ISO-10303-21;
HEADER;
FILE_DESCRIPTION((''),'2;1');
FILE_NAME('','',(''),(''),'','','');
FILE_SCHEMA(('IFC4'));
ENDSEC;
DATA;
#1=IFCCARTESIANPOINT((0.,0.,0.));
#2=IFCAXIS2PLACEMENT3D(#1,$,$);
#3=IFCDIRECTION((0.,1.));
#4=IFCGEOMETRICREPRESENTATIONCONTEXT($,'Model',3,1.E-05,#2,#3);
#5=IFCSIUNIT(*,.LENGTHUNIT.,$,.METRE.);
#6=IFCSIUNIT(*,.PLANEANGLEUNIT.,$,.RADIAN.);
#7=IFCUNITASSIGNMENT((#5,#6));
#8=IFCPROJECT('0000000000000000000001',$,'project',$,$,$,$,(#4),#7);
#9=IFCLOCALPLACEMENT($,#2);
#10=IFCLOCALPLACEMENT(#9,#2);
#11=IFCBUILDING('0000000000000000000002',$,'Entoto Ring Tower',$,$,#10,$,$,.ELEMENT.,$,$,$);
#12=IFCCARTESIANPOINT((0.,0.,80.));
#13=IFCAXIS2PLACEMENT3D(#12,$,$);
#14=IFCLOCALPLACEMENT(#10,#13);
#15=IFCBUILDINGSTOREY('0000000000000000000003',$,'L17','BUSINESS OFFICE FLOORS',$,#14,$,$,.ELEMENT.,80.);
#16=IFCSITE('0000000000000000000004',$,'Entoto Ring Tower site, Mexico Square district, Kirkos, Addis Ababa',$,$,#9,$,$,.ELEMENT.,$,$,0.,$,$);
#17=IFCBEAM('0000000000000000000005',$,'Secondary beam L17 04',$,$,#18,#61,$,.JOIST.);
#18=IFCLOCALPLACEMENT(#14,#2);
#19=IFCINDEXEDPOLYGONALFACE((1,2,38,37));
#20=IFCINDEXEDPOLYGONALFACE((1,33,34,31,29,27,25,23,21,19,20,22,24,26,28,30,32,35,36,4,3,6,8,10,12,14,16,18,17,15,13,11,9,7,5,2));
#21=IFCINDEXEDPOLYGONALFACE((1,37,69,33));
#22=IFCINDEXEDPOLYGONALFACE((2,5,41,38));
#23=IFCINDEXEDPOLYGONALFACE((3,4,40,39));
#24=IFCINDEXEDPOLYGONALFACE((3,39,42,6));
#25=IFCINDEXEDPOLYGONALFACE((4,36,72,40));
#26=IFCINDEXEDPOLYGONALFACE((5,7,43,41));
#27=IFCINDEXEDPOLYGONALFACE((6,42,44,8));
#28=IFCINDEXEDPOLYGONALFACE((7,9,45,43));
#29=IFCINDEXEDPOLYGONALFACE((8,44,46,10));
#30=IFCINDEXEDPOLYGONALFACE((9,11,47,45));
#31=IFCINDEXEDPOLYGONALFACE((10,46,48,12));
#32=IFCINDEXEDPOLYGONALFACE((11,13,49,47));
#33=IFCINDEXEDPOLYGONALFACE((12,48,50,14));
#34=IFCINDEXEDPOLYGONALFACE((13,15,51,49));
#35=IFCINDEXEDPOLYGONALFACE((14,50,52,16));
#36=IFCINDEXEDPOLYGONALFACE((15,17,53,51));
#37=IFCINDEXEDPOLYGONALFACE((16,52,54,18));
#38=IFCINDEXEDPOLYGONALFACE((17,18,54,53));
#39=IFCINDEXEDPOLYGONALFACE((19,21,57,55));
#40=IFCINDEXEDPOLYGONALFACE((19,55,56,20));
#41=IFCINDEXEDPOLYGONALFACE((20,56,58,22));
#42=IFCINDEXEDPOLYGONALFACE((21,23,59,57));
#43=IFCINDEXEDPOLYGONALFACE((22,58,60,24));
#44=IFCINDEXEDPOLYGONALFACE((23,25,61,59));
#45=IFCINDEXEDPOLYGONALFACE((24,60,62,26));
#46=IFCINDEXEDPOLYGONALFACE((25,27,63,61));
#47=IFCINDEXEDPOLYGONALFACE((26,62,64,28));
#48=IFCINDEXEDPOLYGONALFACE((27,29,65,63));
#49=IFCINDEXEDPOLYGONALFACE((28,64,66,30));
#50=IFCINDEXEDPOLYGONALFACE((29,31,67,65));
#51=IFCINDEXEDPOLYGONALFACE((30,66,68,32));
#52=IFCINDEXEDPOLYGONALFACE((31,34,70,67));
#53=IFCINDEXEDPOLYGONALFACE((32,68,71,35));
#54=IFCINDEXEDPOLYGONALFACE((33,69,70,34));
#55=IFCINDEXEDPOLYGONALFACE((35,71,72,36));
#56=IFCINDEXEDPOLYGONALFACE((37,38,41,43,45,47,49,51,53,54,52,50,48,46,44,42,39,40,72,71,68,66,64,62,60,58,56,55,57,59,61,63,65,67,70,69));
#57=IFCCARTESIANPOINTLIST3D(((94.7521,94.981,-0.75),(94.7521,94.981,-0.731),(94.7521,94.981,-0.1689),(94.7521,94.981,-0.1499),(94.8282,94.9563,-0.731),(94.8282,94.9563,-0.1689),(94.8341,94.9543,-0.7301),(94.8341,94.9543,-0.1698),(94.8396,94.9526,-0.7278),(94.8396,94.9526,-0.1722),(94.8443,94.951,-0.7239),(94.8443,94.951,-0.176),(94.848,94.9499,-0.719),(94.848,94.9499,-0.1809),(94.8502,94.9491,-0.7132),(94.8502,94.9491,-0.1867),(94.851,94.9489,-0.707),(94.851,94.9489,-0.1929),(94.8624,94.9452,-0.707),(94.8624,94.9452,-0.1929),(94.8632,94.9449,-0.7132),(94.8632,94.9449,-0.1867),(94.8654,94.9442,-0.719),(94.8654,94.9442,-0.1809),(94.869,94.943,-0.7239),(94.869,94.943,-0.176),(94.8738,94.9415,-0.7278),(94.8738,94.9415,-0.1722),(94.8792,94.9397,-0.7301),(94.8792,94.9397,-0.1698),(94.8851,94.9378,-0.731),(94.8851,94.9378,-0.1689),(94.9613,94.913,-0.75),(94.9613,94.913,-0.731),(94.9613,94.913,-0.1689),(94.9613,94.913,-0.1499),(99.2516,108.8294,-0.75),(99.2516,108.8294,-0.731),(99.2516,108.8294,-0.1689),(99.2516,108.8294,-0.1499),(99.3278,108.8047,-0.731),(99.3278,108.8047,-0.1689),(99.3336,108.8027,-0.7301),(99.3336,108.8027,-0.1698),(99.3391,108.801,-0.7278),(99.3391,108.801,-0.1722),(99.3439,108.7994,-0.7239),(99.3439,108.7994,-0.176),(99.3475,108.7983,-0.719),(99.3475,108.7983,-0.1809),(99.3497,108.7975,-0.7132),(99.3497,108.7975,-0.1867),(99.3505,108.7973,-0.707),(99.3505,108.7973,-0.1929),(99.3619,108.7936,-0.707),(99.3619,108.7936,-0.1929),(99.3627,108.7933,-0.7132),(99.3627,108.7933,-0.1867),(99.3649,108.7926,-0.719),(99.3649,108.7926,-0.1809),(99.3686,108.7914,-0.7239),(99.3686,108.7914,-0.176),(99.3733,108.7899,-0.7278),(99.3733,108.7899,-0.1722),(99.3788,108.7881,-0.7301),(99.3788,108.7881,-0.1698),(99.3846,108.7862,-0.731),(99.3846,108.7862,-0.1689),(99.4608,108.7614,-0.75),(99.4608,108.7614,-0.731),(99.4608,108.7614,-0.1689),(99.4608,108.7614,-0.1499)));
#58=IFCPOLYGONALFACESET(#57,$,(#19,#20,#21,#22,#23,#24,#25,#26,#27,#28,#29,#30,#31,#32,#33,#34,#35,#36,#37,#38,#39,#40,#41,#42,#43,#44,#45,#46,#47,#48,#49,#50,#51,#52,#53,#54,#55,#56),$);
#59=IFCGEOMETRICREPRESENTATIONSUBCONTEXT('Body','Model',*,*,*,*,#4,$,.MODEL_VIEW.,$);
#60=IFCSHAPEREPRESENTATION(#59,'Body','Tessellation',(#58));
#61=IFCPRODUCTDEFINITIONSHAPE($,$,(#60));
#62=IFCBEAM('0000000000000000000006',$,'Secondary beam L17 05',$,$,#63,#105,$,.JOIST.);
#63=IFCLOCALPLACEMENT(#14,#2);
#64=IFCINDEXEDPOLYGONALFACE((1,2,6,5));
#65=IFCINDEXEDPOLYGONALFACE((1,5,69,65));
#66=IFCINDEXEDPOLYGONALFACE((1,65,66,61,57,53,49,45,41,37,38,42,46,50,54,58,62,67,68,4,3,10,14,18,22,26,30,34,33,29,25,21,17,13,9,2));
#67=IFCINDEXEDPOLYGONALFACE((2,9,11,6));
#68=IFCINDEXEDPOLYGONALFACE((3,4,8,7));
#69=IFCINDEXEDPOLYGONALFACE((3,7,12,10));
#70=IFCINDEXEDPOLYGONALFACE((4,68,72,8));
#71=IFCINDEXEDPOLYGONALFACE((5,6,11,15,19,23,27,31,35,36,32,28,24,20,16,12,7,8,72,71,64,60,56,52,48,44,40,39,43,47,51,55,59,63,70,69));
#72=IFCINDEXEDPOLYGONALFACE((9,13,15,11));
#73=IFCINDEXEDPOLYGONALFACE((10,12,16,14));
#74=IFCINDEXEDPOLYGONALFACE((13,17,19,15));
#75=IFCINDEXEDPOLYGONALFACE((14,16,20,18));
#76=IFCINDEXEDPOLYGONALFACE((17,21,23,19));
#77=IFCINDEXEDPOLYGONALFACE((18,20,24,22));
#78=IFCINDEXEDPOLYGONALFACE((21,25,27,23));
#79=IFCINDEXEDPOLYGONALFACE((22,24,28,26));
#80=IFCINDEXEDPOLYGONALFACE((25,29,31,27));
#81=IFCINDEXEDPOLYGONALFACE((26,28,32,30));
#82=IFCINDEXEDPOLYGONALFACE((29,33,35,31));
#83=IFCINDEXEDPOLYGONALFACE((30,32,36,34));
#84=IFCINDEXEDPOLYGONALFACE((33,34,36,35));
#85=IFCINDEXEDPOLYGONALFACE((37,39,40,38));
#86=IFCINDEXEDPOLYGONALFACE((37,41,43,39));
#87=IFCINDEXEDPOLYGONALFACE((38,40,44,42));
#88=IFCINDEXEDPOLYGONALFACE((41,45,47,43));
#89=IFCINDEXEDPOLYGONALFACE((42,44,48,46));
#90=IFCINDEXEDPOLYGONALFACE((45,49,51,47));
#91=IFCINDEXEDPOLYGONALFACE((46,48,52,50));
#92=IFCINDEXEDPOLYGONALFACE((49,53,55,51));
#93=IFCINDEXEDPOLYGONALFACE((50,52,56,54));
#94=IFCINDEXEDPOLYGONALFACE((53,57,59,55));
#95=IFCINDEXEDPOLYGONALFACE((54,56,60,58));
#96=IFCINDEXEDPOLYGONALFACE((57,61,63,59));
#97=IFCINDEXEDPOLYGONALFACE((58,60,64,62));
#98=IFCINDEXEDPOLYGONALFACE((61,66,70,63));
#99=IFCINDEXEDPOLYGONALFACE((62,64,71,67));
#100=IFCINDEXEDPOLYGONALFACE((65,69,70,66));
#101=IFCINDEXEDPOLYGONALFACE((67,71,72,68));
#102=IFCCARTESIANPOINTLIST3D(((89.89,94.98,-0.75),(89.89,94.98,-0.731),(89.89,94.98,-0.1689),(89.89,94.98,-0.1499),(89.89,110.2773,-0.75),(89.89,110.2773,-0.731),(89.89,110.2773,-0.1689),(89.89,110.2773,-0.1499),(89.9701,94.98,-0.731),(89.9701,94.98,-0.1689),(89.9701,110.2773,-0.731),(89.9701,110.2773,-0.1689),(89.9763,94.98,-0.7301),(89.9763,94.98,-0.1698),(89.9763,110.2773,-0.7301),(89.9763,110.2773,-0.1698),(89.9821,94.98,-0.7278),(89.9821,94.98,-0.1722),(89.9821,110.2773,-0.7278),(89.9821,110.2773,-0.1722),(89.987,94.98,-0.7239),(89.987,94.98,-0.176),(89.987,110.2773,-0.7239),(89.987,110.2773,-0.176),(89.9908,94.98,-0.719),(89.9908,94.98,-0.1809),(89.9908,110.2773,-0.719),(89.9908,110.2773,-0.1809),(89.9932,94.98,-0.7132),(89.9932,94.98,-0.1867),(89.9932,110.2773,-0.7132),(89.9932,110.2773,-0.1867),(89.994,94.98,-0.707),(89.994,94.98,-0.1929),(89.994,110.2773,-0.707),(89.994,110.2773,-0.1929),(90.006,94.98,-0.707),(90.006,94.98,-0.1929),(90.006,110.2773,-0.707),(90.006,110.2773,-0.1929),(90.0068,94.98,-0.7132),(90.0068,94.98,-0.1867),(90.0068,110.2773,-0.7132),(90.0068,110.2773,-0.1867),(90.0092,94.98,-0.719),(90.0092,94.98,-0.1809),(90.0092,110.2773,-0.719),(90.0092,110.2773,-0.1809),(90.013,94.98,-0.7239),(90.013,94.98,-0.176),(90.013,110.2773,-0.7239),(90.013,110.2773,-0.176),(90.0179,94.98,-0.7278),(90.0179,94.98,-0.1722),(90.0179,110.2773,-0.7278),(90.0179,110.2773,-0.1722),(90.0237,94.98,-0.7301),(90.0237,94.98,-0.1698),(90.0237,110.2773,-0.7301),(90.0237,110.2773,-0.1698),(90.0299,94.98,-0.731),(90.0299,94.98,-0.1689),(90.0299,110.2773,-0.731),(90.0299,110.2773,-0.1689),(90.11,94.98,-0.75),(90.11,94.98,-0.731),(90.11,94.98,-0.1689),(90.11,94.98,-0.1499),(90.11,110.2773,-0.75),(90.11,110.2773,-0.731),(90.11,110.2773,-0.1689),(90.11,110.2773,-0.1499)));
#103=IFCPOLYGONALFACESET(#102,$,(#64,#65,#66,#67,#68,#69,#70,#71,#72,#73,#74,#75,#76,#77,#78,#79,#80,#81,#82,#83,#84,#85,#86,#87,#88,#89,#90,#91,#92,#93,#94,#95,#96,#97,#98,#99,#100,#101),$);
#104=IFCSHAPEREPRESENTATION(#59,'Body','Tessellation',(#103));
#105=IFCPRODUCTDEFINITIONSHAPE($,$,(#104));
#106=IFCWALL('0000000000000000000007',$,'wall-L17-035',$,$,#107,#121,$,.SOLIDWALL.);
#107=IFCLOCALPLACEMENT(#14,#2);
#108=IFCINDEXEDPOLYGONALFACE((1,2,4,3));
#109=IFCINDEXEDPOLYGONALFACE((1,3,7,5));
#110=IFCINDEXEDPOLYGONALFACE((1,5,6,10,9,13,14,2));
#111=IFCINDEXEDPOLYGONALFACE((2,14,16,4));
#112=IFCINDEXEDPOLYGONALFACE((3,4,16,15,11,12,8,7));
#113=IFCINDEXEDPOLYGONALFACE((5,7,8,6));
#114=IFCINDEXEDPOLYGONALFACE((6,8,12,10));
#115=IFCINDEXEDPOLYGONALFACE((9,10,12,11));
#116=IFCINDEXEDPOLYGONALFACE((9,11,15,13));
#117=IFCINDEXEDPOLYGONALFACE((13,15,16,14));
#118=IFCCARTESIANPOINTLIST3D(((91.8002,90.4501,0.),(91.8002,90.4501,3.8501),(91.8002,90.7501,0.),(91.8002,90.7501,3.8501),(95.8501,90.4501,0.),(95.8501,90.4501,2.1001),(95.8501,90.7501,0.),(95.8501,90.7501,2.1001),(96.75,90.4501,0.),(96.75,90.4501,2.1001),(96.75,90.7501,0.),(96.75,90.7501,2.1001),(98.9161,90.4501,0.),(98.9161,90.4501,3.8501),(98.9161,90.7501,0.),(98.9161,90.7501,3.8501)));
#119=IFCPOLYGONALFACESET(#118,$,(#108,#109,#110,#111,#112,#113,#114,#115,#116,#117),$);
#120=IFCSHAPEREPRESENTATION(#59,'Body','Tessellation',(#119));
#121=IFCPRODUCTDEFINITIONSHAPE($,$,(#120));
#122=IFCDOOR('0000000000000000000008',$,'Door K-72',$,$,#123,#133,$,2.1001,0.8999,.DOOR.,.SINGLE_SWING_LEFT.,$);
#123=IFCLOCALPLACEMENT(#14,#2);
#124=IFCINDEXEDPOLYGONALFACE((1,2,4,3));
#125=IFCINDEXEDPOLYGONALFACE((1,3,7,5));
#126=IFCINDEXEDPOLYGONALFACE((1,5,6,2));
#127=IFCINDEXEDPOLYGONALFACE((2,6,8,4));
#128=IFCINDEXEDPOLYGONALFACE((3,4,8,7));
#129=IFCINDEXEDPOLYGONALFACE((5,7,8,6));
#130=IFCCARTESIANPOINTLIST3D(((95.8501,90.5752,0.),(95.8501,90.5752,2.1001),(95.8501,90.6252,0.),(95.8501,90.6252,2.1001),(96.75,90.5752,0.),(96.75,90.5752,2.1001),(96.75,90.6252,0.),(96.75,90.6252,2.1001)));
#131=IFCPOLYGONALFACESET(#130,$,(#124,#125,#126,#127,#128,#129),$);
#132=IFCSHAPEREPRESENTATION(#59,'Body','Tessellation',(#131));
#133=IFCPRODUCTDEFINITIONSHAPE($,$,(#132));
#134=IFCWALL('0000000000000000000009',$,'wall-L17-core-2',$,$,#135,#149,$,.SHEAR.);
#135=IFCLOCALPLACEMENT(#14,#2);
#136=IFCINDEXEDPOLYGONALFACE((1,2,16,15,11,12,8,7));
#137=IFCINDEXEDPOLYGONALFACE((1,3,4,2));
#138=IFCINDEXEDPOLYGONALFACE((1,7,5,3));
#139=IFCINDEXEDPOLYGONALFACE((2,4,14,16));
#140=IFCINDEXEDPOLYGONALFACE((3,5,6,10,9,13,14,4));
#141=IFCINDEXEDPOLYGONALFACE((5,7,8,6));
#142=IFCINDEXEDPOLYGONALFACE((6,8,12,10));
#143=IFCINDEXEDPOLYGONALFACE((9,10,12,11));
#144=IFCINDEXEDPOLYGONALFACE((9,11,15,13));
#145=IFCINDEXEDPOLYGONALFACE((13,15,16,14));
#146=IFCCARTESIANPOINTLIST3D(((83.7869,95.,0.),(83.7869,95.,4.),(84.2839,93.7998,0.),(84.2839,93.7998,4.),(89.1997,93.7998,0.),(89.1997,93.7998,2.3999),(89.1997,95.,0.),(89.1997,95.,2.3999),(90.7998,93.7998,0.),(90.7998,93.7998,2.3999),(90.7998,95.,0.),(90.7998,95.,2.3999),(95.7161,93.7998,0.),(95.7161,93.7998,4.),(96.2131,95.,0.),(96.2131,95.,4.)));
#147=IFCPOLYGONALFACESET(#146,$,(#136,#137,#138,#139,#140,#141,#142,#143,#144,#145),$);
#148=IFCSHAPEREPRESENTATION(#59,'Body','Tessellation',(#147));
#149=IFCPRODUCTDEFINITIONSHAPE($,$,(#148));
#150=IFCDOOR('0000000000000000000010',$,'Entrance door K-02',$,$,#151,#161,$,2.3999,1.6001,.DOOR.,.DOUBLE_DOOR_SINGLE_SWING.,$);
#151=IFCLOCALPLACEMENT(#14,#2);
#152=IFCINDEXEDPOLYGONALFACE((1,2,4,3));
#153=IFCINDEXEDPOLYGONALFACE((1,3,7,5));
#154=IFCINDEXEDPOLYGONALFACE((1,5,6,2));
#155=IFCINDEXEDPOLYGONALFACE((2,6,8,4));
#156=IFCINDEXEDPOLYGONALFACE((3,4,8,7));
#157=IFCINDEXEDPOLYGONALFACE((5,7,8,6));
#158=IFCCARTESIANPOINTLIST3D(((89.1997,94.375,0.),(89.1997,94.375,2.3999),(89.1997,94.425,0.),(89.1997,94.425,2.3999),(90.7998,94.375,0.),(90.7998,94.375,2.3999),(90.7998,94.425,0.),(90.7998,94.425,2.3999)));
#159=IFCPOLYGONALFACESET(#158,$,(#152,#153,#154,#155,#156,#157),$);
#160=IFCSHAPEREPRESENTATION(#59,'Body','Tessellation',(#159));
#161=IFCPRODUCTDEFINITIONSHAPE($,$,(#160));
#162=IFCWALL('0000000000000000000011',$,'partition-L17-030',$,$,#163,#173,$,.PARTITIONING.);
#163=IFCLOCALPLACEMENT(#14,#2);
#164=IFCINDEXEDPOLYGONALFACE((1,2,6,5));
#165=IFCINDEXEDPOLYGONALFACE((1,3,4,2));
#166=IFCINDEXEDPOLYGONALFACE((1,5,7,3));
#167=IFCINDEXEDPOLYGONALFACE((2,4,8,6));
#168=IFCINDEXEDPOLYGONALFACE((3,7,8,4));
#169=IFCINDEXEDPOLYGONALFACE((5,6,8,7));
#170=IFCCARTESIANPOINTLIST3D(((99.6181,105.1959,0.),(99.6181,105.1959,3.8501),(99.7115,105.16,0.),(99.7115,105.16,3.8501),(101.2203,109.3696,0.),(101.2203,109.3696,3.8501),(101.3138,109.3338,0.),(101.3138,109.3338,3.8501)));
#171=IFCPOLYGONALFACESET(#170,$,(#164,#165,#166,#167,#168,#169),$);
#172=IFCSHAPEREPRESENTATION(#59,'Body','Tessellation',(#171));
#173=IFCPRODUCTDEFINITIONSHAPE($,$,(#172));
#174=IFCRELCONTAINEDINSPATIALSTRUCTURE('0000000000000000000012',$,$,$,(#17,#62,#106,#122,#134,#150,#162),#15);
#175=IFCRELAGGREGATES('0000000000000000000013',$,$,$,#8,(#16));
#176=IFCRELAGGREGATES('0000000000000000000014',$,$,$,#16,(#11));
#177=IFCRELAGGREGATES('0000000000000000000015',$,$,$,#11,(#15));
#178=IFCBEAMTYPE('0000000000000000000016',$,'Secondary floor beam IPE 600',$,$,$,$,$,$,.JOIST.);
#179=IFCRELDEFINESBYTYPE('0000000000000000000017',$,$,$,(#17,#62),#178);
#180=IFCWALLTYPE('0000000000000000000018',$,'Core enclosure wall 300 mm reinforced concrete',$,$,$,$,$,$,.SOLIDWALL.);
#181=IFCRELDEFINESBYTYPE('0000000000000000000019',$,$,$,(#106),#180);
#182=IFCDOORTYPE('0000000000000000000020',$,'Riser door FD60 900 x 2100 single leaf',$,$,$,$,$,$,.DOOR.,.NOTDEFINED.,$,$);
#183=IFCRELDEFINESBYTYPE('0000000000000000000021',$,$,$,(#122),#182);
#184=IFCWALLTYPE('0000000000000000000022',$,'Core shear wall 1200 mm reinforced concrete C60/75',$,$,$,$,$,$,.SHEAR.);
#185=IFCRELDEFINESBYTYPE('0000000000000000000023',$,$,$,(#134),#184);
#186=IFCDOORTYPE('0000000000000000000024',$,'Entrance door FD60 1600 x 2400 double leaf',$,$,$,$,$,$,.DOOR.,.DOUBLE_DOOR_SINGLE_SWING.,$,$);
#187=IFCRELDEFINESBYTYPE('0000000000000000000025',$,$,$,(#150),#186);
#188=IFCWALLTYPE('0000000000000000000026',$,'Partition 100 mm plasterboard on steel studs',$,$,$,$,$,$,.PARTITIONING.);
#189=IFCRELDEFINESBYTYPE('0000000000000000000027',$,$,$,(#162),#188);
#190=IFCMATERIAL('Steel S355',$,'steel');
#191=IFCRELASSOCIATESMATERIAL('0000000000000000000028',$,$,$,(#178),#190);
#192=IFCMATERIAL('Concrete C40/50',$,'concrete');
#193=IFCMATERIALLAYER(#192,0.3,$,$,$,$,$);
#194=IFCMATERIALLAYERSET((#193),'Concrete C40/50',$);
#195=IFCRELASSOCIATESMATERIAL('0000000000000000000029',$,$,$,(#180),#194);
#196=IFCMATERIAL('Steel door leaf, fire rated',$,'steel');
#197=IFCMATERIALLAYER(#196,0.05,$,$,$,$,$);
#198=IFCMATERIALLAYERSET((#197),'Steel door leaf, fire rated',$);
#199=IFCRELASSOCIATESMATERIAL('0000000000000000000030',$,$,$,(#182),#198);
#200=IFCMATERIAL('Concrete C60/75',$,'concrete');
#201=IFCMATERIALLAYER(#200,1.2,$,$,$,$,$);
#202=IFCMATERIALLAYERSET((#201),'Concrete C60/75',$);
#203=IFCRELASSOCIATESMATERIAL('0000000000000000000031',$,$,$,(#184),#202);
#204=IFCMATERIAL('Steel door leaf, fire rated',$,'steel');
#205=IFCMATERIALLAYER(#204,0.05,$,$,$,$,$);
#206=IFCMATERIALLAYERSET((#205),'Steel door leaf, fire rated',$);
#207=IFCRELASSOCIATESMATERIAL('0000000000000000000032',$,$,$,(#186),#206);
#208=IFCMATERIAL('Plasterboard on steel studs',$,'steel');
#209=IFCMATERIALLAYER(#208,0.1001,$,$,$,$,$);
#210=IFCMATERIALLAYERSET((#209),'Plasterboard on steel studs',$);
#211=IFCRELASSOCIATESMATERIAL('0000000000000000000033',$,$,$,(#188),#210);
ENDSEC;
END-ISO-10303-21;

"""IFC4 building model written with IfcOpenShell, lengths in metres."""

from ifc_helpers import new_model, si_unit, direction, frame, frame_2d, origin, origin_2d, place, context, subcontext, project, spatial, polyline, rectangle, i_section, outline, extrude, material, layer, layer_set, material_profile, profile_set, type_object, element, fill, save


model = new_model("IFC4")

# Units and contexts
model_context = context("Model", 3, precision=1e-05, world=origin(), true_north=direction((0.0, 1.0)))
body_context = subcontext(model_context, "Body", "Model", "MODEL_VIEW")
ifc_project = project(units=[si_unit("LENGTHUNIT", "METRE"), si_unit("PLANEANGLEUNIT", "RADIAN")], contexts=[model_context])

# Site, building, storey
site_placement = place(None, origin())
site = spatial("IfcSite", under=ifc_project, at=site_placement, Name="Entoto Ring Tower site, Mexico Square district, Kirkos, Addis Ababa", CompositionType="ELEMENT", RefElevation=0.0)
building_placement = place(site_placement, origin())
building = spatial("IfcBuilding", under=site, at=building_placement, Name="Entoto Ring Tower", CompositionType="ELEMENT")
storey_placement = place(building_placement, frame((0.0, 0.0, 80.0)))
storey = spatial("IfcBuildingStorey", under=building, at=storey_placement, Name="L17", Description="BUSINESS OFFICE FLOORS", CompositionType="ELEMENT", Elevation=80.0)

# Beams
ifc_material_1 = material(Name="Steel S355", Category="steel")
ifc_material_profile_1 = material_profile(ifc_material_1, i_section(OverallWidth=0.22, OverallDepth=0.6001, WebThickness=0.012, FlangeThickness=0.019, FilletRadius=0.0239, at=origin_2d()), Name="IPE 600")
ifc_profile_set_1 = profile_set([ifc_material_profile_1], Name="Steel S355")
beam_type_1 = type_object("IfcBeamType", Name="Secondary floor beam IPE 600", PredefinedType="JOIST", material=ifc_profile_set_1)
beam_1_placement = place(storey_placement, frame((94.8567, 94.947, -0.45), z_axis=(0.309011, 0.951059, 0.0), x_axis=(-0.951059, 0.309011, 0.0)))
element("IfcBeam", 1, at=beam_1_placement, inside=storey, type_object=beam_type_1, Name="Secondary beam L17 04", PredefinedType="JOIST", context=body_context, shape_type="SweptSolid", body=[
    extrude(i_section(OverallWidth=0.22, OverallDepth=0.6001, WebThickness=0.012, FlangeThickness=0.019, FilletRadius=0.0239, at=origin_2d()), origin(), (0.0, 0.0, 1.0), 14.561),
])
beam_2_placement = place(storey_placement, frame((90.0, 94.98, -0.45), z_axis=(0.0, 1.0, 0.0), x_axis=(-1.0, 0.0, 0.0)))
element("IfcBeam", 2, at=beam_2_placement, inside=storey, type_object=beam_type_1, Name="Secondary beam L17 05", PredefinedType="JOIST", context=body_context, shape_type="SweptSolid", body=[
    extrude(i_section(OverallWidth=0.22, OverallDepth=0.6001, WebThickness=0.012, FlangeThickness=0.019, FilletRadius=0.0239, at=origin_2d()), origin(), (0.0, 0.0, 1.0), 15.2974),
])

# Walls, openings, doors
ifc_material_2 = material(Name="Concrete C40/50", Category="concrete")
ifc_layer_1 = layer(ifc_material_2, 0.3)
ifc_layer_set_1 = layer_set([ifc_layer_1], Name="Concrete C40/50")
wall_type_1 = type_object("IfcWallType", Name="Core enclosure wall 300 mm reinforced concrete", PredefinedType="SOLIDWALL", material=ifc_layer_set_1)
wall_1_placement = place(storey_placement, frame((91.8, 90.6001, 0.0), z_axis=(0.0, 0.0, 1.0), x_axis=(1.0, 0.0, 0.0)))
wall_1 = element("IfcWall", 3, at=wall_1_placement, inside=storey, type_object=wall_type_1, Name="wall-L17-035", PredefinedType="SOLIDWALL", context=body_context, shape_type="SweptSolid", body=[
    extrude(rectangle(XDim=7.116, YDim=0.3, at=frame_2d((3.5581, 0.0))), origin(), (0.0, 0.0, 1.0), 3.8501),
])
opening_1_placement = place(wall_1_placement, frame((4.05, 0.0, 0.0)))
opening_1 = element("IfcOpeningElement", 4, at=opening_1_placement, cuts=wall_1, PredefinedType="OPENING", context=body_context, shape_type="SweptSolid", body=[
    extrude(rectangle(XDim=0.8999, YDim=2.1001, at=frame_2d((0.45, 1.05))), frame((0.0, 0.1602, 0.0), z_axis=(0.0, -1.0, 0.0), x_axis=(1.0, 0.0, 0.0)), (0.0, 0.0, 1.0), 0.3201),
])
ifc_material_3 = material(Name="Steel door leaf, fire rated", Category="steel")
ifc_layer_2 = layer(ifc_material_3, 0.05)
ifc_layer_set_2 = layer_set([ifc_layer_2], Name="Steel door leaf, fire rated")
door_type_1 = type_object("IfcDoorType", Name="Riser door FD60 900 x 2100 single leaf", OperationType="NOTDEFINED", PredefinedType="DOOR", material=ifc_layer_set_2)
door_1_placement = place(opening_1_placement, frame((0.8999, 0.0, 0.0), z_axis=(0.0, 0.0, 1.0), x_axis=(-1.0, 0.0, 0.0)))
door_1 = element("IfcDoor", 5, at=door_1_placement, inside=storey, type_object=door_type_1, Name="Door K-72", OperationType="SINGLE_SWING_LEFT", OverallHeight=2.1001, OverallWidth=0.8999, PredefinedType="DOOR", context=body_context, shape_type="SweptSolid", body=[
    extrude(rectangle(XDim=0.8999, YDim=2.1001, at=frame_2d((0.45, 1.05))), frame((0.0, 0.0249, 0.0), z_axis=(0.0, -1.0, 0.0), x_axis=(1.0, 0.0, 0.0)), (0.0, 0.0, 1.0), 0.05),
])
fill(opening_1, door_1)
ifc_material_4 = material(Name="Concrete C60/75", Category="concrete")
ifc_layer_3 = layer(ifc_material_4, 1.2)
ifc_layer_set_3 = layer_set([ifc_layer_3], Name="Concrete C60/75")
wall_type_2 = type_object("IfcWallType", Name="Core shear wall 1200 mm reinforced concrete C60/75", PredefinedType="SHEAR", material=ifc_layer_set_3)
wall_2_placement = place(storey_placement, frame((95.9646, 94.3999, 0.0), z_axis=(0.0, 0.0, 1.0), x_axis=(-1.0, 0.0, 0.0)))
wall_2 = element("IfcWall", 6, at=wall_2_placement, inside=storey, type_object=wall_type_2, Name="wall-L17-core-2", PredefinedType="SHEAR", context=body_context, shape_type="SweptSolid", body=[
    extrude(outline(polyline([(-0.2485, -0.6001), (12.1777, -0.6001), (11.6807, 0.6001), (0.2485, 0.6001), (-0.2485, -0.6001)])), origin(), (0.0, 0.0, 1.0), 4.0),
])
opening_2_placement = place(wall_2_placement, frame((5.1648, 0.0, 0.0)))
opening_2 = element("IfcOpeningElement", 7, at=opening_2_placement, cuts=wall_2, PredefinedType="OPENING", context=body_context, shape_type="SweptSolid", body=[
    extrude(rectangle(XDim=1.6001, YDim=2.3999, at=frame_2d((0.8, 1.2))), frame((0.0, 0.6099, 0.0), z_axis=(0.0, -1.0, 0.0), x_axis=(1.0, 0.0, 0.0)), (0.0, 0.0, 1.0), 1.22),
])
ifc_material_5 = material(Name="Steel door leaf, fire rated", Category="steel")
ifc_layer_4 = layer(ifc_material_5, 0.05)
ifc_layer_set_4 = layer_set([ifc_layer_4], Name="Steel door leaf, fire rated")
door_type_2 = type_object("IfcDoorType", Name="Entrance door FD60 1600 x 2400 double leaf", OperationType="DOUBLE_DOOR_SINGLE_SWING", PredefinedType="DOOR", material=ifc_layer_set_4)
door_2_placement = place(opening_2_placement, origin())
door_2 = element("IfcDoor", 8, at=door_2_placement, inside=storey, type_object=door_type_2, Name="Entrance door K-02", OperationType="DOUBLE_DOOR_SINGLE_SWING", OverallHeight=2.3999, OverallWidth=1.6001, PredefinedType="DOOR", context=body_context, shape_type="SweptSolid", body=[
    extrude(rectangle(XDim=1.6001, YDim=2.3999, at=frame_2d((0.8, 1.2))), frame((0.0, 0.0249, 0.0), z_axis=(0.0, -1.0, 0.0), x_axis=(1.0, 0.0, 0.0)), (0.0, 0.0, 1.0), 0.05),
])
fill(opening_2, door_2)

# Wall
ifc_material_6 = material(Name="Plasterboard on steel studs", Category="steel")
ifc_layer_5 = layer(ifc_material_6, 0.1001)
ifc_layer_set_5 = layer_set([ifc_layer_5], Name="Plasterboard on steel studs")
wall_type_3 = type_object("IfcWallType", Name="Partition 100 mm plasterboard on steel studs", PredefinedType="PARTITIONING", material=ifc_layer_set_5)
wall_3_placement = place(storey_placement, frame((99.6648, 105.178, 0.0), z_axis=(0.0, 0.0, 1.0), x_axis=(0.35839, 0.933572, 0.0)))
element("IfcWall", 9, at=wall_3_placement, inside=storey, type_object=wall_type_3, Name="partition-L17-030", PredefinedType="PARTITIONING", context=body_context, shape_type="SweptSolid", body=[
    extrude(rectangle(XDim=4.4707, YDim=0.1001, at=frame_2d((2.2354, 0.0))), origin(), (0.0, 0.0, 1.0), 3.8501),
])

save(model, "model.ifc")
